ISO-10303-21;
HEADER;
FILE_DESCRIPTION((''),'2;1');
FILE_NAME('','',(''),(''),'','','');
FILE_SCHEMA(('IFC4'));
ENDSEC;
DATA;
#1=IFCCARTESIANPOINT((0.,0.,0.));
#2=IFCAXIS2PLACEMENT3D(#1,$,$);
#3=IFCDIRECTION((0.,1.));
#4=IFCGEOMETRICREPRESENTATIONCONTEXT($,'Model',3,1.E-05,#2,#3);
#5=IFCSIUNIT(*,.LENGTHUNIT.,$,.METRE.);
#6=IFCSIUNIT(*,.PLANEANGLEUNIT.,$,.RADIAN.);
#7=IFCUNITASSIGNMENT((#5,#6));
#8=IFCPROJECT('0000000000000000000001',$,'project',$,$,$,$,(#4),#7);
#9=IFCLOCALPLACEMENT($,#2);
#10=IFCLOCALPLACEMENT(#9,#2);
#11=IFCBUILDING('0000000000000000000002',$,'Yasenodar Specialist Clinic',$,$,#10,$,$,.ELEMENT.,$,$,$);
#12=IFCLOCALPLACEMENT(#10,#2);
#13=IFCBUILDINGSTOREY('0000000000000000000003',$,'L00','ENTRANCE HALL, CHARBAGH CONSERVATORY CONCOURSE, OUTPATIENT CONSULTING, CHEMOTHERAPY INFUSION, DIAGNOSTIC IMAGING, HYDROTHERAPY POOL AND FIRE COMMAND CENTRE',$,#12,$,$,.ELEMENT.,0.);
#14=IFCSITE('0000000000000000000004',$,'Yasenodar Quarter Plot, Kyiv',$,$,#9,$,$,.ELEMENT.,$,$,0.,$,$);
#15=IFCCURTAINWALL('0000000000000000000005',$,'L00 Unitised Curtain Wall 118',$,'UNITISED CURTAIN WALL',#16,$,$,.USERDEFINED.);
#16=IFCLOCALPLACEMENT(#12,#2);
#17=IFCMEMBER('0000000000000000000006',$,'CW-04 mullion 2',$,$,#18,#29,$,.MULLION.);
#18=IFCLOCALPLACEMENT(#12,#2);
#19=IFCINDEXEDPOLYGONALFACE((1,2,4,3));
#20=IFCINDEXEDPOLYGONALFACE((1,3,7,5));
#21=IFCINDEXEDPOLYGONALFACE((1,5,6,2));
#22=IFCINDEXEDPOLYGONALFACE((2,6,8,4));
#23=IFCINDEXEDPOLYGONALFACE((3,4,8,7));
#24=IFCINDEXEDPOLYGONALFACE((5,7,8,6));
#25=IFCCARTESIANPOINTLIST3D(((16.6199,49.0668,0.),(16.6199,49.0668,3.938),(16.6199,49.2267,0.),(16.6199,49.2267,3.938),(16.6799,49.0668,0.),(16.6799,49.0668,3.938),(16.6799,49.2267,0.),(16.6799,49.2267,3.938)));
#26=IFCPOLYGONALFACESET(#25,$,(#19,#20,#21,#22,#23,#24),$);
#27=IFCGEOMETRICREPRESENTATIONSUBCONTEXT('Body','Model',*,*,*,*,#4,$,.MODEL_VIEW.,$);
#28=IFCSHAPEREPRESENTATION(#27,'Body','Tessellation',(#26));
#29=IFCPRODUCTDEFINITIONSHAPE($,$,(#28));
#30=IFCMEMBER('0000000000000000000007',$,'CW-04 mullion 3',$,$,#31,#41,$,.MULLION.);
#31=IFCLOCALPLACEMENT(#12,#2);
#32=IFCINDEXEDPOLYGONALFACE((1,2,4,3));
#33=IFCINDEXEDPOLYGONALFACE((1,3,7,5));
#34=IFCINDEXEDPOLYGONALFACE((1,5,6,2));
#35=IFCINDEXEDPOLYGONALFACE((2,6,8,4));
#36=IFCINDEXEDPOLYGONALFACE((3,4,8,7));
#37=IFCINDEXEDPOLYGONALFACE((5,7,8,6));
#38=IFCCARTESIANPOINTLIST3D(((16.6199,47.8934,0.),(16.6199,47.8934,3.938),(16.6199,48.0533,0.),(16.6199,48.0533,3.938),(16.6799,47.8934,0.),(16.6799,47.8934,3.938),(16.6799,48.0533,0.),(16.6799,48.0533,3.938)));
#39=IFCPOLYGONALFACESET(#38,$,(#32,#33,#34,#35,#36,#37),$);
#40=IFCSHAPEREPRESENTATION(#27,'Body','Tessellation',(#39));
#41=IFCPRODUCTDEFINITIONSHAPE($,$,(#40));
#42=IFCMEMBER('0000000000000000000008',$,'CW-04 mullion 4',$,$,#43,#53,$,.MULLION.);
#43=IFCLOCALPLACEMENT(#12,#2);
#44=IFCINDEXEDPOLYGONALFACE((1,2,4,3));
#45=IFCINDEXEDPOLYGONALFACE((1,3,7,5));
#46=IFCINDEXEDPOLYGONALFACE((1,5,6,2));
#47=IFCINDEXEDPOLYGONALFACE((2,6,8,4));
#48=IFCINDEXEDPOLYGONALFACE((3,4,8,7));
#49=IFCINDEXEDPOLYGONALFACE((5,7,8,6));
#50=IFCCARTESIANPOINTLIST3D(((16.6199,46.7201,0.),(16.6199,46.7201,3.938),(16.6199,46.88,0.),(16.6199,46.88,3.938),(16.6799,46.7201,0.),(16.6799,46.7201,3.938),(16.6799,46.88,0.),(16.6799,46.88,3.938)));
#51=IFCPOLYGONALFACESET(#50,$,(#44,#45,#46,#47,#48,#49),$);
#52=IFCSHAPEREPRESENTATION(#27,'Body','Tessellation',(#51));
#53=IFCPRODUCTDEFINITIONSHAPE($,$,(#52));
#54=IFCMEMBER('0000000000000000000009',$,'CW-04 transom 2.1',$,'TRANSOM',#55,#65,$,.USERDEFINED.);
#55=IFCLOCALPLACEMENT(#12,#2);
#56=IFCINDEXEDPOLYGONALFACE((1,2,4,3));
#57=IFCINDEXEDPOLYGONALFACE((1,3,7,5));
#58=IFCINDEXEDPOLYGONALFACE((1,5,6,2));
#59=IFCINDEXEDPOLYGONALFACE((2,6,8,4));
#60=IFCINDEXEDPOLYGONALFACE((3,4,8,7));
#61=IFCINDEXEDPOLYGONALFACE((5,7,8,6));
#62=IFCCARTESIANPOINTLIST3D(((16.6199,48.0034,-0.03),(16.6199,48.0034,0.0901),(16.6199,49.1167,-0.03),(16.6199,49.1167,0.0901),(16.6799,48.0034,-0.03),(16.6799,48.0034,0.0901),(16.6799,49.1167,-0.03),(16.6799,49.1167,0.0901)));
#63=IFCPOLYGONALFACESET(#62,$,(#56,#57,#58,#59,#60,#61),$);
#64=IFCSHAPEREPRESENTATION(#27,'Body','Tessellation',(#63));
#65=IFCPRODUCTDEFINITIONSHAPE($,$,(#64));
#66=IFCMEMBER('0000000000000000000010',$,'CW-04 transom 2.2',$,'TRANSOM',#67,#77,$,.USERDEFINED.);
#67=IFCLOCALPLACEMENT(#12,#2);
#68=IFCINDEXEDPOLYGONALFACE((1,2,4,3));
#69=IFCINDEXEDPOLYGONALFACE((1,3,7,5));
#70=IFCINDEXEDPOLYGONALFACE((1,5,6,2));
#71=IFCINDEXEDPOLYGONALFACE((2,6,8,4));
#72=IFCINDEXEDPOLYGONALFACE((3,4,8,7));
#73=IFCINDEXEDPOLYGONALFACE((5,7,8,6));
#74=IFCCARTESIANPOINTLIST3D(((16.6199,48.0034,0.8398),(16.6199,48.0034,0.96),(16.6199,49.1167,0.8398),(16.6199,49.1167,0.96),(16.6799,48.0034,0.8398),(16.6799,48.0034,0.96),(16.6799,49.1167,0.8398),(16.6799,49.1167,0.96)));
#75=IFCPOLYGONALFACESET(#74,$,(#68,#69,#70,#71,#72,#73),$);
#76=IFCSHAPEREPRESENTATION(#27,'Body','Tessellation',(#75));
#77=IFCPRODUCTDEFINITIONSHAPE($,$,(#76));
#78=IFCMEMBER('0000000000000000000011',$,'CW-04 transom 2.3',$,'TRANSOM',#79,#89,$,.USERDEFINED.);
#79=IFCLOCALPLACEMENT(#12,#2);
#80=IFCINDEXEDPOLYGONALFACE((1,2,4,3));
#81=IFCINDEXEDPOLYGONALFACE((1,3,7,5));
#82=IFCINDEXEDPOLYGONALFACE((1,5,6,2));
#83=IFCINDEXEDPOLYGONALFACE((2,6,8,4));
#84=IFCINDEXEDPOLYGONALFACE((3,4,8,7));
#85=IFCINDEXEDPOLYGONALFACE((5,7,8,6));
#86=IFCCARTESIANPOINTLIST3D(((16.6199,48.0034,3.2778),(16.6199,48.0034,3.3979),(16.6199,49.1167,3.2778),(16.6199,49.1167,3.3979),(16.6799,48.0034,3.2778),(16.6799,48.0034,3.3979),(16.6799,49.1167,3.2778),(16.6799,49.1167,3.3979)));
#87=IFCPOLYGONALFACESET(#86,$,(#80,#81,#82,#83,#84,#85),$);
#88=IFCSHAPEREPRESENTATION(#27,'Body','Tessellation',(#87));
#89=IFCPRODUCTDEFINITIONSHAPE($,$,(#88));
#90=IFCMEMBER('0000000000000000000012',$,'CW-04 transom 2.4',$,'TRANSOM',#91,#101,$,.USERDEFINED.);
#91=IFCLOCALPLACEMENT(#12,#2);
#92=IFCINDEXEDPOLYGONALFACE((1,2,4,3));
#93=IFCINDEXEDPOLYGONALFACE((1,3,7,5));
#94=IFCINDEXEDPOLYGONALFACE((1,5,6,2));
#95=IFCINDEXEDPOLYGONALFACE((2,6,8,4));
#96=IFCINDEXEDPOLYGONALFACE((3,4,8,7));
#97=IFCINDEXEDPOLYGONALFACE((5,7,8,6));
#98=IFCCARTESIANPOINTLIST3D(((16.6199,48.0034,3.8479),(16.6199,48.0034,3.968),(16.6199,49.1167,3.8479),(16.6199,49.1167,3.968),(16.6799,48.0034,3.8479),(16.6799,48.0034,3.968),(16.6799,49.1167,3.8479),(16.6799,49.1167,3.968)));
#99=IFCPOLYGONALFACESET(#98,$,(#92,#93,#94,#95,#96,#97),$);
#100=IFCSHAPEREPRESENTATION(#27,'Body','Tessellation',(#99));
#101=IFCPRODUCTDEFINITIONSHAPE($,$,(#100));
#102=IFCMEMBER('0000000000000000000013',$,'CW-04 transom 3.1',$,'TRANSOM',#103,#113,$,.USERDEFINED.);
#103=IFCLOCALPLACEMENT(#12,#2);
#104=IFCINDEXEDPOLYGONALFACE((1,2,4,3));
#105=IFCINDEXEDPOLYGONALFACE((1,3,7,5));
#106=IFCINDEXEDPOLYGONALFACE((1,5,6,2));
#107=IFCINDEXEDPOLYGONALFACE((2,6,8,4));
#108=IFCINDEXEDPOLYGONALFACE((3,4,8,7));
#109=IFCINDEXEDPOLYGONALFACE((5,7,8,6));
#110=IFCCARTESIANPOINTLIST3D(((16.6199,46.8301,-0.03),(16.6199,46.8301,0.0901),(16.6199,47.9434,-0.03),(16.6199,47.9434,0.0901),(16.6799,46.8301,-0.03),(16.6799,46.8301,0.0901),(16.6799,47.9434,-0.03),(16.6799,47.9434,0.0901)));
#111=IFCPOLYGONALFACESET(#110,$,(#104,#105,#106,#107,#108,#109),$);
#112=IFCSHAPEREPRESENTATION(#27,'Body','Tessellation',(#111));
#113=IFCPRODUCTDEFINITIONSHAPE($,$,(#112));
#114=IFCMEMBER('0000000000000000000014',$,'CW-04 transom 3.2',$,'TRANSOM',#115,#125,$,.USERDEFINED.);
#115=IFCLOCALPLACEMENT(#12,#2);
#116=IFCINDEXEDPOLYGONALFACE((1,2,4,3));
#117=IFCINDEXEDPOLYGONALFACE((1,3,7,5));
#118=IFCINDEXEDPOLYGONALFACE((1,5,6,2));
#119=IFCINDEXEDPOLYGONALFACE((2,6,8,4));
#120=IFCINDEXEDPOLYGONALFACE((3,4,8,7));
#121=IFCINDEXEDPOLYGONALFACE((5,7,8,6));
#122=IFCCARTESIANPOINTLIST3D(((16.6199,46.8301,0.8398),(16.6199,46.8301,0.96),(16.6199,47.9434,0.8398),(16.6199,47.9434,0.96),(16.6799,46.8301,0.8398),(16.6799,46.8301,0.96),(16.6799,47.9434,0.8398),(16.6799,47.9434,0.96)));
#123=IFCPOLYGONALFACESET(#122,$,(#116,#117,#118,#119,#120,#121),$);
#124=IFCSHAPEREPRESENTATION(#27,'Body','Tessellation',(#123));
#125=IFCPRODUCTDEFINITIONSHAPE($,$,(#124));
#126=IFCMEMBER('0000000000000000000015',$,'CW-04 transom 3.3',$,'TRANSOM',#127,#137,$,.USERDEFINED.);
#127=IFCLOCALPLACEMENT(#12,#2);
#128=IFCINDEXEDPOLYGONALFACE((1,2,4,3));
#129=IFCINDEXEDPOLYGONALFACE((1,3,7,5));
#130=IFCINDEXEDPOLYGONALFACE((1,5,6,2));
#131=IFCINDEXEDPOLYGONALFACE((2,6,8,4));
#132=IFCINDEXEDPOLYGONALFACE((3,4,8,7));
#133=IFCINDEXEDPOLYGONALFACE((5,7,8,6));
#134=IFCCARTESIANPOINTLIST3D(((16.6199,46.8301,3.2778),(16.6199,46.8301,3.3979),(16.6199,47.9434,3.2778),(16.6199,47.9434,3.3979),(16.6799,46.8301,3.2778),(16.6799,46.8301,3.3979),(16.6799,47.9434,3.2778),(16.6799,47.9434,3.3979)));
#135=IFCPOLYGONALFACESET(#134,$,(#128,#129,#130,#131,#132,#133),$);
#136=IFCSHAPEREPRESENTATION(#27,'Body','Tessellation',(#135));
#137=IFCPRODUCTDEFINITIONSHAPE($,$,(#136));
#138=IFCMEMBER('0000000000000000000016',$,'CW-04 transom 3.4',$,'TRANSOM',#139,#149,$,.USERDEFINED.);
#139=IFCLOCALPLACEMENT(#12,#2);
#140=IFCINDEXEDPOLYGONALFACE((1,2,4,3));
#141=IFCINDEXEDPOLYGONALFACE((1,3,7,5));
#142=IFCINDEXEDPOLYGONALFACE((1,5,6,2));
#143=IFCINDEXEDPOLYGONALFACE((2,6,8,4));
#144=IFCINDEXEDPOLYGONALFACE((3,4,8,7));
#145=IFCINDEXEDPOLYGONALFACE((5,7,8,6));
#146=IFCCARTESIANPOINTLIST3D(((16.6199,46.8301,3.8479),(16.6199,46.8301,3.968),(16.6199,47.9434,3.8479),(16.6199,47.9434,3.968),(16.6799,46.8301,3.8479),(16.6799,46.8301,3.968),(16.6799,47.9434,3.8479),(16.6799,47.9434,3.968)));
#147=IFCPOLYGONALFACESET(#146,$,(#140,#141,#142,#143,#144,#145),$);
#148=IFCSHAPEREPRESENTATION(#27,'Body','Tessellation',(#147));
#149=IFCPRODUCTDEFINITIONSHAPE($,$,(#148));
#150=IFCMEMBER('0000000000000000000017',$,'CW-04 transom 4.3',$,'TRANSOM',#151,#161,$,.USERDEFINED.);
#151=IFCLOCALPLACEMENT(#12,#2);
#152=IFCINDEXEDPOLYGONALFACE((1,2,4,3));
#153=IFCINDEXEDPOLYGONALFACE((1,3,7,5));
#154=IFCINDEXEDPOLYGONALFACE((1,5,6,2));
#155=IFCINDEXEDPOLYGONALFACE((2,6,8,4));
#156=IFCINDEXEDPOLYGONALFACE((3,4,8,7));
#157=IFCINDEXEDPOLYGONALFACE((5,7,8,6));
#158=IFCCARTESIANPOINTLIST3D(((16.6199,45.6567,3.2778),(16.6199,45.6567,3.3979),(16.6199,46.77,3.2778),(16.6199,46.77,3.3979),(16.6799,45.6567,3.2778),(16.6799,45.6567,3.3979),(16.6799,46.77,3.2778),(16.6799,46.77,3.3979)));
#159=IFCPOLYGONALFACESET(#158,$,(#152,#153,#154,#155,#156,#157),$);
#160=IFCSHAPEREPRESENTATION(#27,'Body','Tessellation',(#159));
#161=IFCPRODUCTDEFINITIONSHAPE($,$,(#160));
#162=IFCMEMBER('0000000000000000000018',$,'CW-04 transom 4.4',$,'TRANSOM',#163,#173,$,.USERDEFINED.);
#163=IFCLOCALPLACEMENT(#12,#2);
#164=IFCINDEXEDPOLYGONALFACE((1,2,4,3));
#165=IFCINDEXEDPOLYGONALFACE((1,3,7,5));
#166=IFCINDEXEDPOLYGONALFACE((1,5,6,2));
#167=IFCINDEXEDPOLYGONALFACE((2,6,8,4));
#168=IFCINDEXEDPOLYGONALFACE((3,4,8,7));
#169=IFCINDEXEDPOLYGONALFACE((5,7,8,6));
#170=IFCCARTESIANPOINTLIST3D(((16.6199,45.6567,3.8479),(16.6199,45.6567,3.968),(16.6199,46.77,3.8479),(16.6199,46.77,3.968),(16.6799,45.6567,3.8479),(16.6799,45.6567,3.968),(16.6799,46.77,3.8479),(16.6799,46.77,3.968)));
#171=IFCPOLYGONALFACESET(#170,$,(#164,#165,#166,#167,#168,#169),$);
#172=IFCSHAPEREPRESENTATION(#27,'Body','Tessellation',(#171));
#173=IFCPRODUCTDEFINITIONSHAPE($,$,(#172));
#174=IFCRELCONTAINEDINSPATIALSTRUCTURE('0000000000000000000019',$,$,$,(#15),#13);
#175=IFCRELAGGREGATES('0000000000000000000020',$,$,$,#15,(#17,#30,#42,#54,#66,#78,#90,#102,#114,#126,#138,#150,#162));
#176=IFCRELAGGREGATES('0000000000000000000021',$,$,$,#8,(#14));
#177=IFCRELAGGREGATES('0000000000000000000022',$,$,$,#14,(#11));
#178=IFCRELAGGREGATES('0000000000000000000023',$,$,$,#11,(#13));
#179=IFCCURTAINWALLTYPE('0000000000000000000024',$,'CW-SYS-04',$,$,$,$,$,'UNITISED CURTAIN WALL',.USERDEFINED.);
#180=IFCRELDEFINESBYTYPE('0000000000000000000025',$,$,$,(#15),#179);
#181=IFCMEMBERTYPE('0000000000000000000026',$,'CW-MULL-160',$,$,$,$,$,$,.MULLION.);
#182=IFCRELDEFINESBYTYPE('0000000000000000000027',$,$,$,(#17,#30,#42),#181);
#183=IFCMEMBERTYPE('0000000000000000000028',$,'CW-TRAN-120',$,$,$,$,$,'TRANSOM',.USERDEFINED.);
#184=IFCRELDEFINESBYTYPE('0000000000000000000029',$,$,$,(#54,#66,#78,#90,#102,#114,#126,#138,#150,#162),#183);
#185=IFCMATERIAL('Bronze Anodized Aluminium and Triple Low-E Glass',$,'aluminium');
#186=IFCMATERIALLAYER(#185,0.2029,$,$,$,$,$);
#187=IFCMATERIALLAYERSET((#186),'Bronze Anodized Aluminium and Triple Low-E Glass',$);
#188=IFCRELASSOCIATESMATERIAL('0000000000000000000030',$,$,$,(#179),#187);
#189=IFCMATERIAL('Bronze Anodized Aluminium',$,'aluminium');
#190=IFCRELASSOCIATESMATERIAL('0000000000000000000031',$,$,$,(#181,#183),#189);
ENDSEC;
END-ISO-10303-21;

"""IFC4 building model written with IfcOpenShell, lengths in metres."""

from ifc_helpers import new_model, si_unit, direction, frame, origin, origin_2d, place, context, subcontext, project, spatial, rectangle, extrude, material, layer, layer_set, material_profile, profile_set, type_object, element, aggregate, save


model = new_model("IFC4")

# Units and contexts
model_context = context("Model", 3, precision=1e-05, world=origin(), true_north=direction((0.0, 1.0)))
body_context = subcontext(model_context, "Body", "Model", "MODEL_VIEW")
ifc_project = project(units=[si_unit("LENGTHUNIT", "METRE"), si_unit("PLANEANGLEUNIT", "RADIAN")], contexts=[model_context])

# Site, building, storey
site_placement = place(None, origin())
site = spatial("IfcSite", under=ifc_project, at=site_placement, Name="Yasenodar Quarter Plot, Kyiv", CompositionType="ELEMENT", RefElevation=0.0)
building_placement = place(site_placement, origin())
building = spatial("IfcBuilding", under=site, at=building_placement, Name="Yasenodar Specialist Clinic", CompositionType="ELEMENT")
storey_placement = place(building_placement, origin())
storey = spatial("IfcBuildingStorey", under=building, at=storey_placement, Name="L00", Description="ENTRANCE HALL, CHARBAGH CONSERVATORY CONCOURSE, OUTPATIENT CONSULTING, CHEMOTHERAPY INFUSION, DIAGNOSTIC IMAGING, HYDROTHERAPY POOL AND FIRE COMMAND CENTRE", CompositionType="ELEMENT", Elevation=0.0)

# Curtain wall, members
ifc_material_1 = material(Name="Bronze Anodized Aluminium and Triple Low-E Glass", Category="aluminium")
ifc_layer_1 = layer(ifc_material_1, 0.2029)
ifc_layer_set_1 = layer_set([ifc_layer_1], Name="Bronze Anodized Aluminium and Triple Low-E Glass")
curtain_wall_type = type_object("IfcCurtainWallType", Name="CW-SYS-04", ElementType="UNITISED CURTAIN WALL", PredefinedType="USERDEFINED", material=ifc_layer_set_1)
curtain_wall_placement = place(storey_placement, origin())
curtain_wall = element("IfcCurtainWall", 1, at=curtain_wall_placement, inside=storey, type_object=curtain_wall_type, Name="L00 Unitised Curtain Wall 118", ObjectType="UNITISED CURTAIN WALL", PredefinedType="USERDEFINED")
ifc_material_2 = material(Name="Bronze Anodized Aluminium", Category="aluminium")
ifc_material_profile_1 = material_profile(ifc_material_2, rectangle(XDim=0.0601, YDim=0.1599, at=origin_2d()), Name="CW-MULL 60x160")
ifc_profile_set_1 = profile_set([ifc_material_profile_1], Name="Bronze Anodized Aluminium")
member_type_1 = type_object("IfcMemberType", Name="CW-MULL-160", PredefinedType="MULLION", material=ifc_profile_set_1)
member_1_placement = place(storey_placement, frame((16.6499, 49.1467, 0.0), z_axis=(0.0, 0.0, 1.0), x_axis=(1.0, 0.0, 0.0)))
member_1 = element("IfcMember", 2, at=member_1_placement, type_object=member_type_1, Name="CW-04 mullion 2", PredefinedType="MULLION", context=body_context, shape_type="SweptSolid", body=[
    extrude(rectangle(XDim=0.0601, YDim=0.1599, at=origin_2d()), origin(), (0.0, 0.0, 1.0), 3.938),
])
member_2_placement = place(storey_placement, frame((16.6499, 47.9734, 0.0), z_axis=(0.0, 0.0, 1.0), x_axis=(1.0, 0.0, 0.0)))
member_2 = element("IfcMember", 3, at=member_2_placement, type_object=member_type_1, Name="CW-04 mullion 3", PredefinedType="MULLION", context=body_context, shape_type="SweptSolid", body=[
    extrude(rectangle(XDim=0.0601, YDim=0.1599, at=origin_2d()), origin(), (0.0, 0.0, 1.0), 3.938),
])
member_3_placement = place(storey_placement, frame((16.6499, 46.8, 0.0), z_axis=(0.0, 0.0, 1.0), x_axis=(1.0, 0.0, 0.0)))
member_3 = element("IfcMember", 4, at=member_3_placement, type_object=member_type_1, Name="CW-04 mullion 4", PredefinedType="MULLION", context=body_context, shape_type="SweptSolid", body=[
    extrude(rectangle(XDim=0.0601, YDim=0.1599, at=origin_2d()), origin(), (0.0, 0.0, 1.0), 3.938),
])
ifc_material_profile_2 = material_profile(ifc_material_2, rectangle(XDim=0.0601, YDim=0.1201, at=origin_2d()), Name="CW-TRAN 60x120")
ifc_profile_set_2 = profile_set([ifc_material_profile_2], Name="Bronze Anodized Aluminium")
member_type_2 = type_object("IfcMemberType", Name="CW-TRAN-120", ElementType="TRANSOM", PredefinedType="USERDEFINED", material=ifc_profile_set_2)
member_4_placement = place(storey_placement, frame((16.6499, 49.1167, 0.03), z_axis=(0.0, -1.0, 0.0), x_axis=(1.0, 0.0, 0.0)))
member_4 = element("IfcMember", 5, at=member_4_placement, type_object=member_type_2, Name="CW-04 transom 2.1", ObjectType="TRANSOM", PredefinedType="USERDEFINED", context=body_context, shape_type="SweptSolid", body=[
    extrude(rectangle(XDim=0.0601, YDim=0.1201, at=origin_2d()), origin(), (0.0, 0.0, 1.0), 1.1133),
])
member_5_placement = place(storey_placement, frame((16.6499, 49.1167, 0.8999), z_axis=(0.0, -1.0, 0.0), x_axis=(1.0, 0.0, 0.0)))
member_5 = element("IfcMember", 6, at=member_5_placement, type_object=member_type_2, Name="CW-04 transom 2.2", ObjectType="TRANSOM", PredefinedType="USERDEFINED", context=body_context, shape_type="SweptSolid", body=[
    extrude(rectangle(XDim=0.0601, YDim=0.1201, at=origin_2d()), origin(), (0.0, 0.0, 1.0), 1.1133),
])
member_6_placement = place(storey_placement, frame((16.6499, 49.1167, 3.3379), z_axis=(0.0, -1.0, 0.0), x_axis=(1.0, 0.0, 0.0)))
member_6 = element("IfcMember", 7, at=member_6_placement, type_object=member_type_2, Name="CW-04 transom 2.3", ObjectType="TRANSOM", PredefinedType="USERDEFINED", context=body_context, shape_type="SweptSolid", body=[
    extrude(rectangle(XDim=0.0601, YDim=0.1201, at=origin_2d()), origin(), (0.0, 0.0, 1.0), 1.1133),
])
member_7_placement = place(storey_placement, frame((16.6499, 49.1167, 3.908), z_axis=(0.0, -1.0, 0.0), x_axis=(1.0, 0.0, 0.0)))
member_7 = element("IfcMember", 8, at=member_7_placement, type_object=member_type_2, Name="CW-04 transom 2.4", ObjectType="TRANSOM", PredefinedType="USERDEFINED", context=body_context, shape_type="SweptSolid", body=[
    extrude(rectangle(XDim=0.0601, YDim=0.1201, at=origin_2d()), origin(), (0.0, 0.0, 1.0), 1.1133),
])
member_8_placement = place(storey_placement, frame((16.6499, 47.9434, 0.03), z_axis=(0.0, -1.0, 0.0), x_axis=(1.0, 0.0, 0.0)))
member_8 = element("IfcMember", 9, at=member_8_placement, type_object=member_type_2, Name="CW-04 transom 3.1", ObjectType="TRANSOM", PredefinedType="USERDEFINED", context=body_context, shape_type="SweptSolid", body=[
    extrude(rectangle(XDim=0.0601, YDim=0.1201, at=origin_2d()), origin(), (0.0, 0.0, 1.0), 1.1133),
])
member_9_placement = place(storey_placement, frame((16.6499, 47.9434, 0.8999), z_axis=(0.0, -1.0, 0.0), x_axis=(1.0, 0.0, 0.0)))
member_9 = element("IfcMember", 10, at=member_9_placement, type_object=member_type_2, Name="CW-04 transom 3.2", ObjectType="TRANSOM", PredefinedType="USERDEFINED", context=body_context, shape_type="SweptSolid", body=[
    extrude(rectangle(XDim=0.0601, YDim=0.1201, at=origin_2d()), origin(), (0.0, 0.0, 1.0), 1.1133),
])
member_10_placement = place(storey_placement, frame((16.6499, 47.9434, 3.3379), z_axis=(0.0, -1.0, 0.0), x_axis=(1.0, 0.0, 0.0)))
member_10 = element("IfcMember", 11, at=member_10_placement, type_object=member_type_2, Name="CW-04 transom 3.3", ObjectType="TRANSOM", PredefinedType="USERDEFINED", context=body_context, shape_type="SweptSolid", body=[
    extrude(rectangle(XDim=0.0601, YDim=0.1201, at=origin_2d()), origin(), (0.0, 0.0, 1.0), 1.1133),
])
member_11_placement = place(storey_placement, frame((16.6499, 47.9434, 3.908), z_axis=(0.0, -1.0, 0.0), x_axis=(1.0, 0.0, 0.0)))
member_11 = element("IfcMember", 12, at=member_11_placement, type_object=member_type_2, Name="CW-04 transom 3.4", ObjectType="TRANSOM", PredefinedType="USERDEFINED", context=body_context, shape_type="SweptSolid", body=[
    extrude(rectangle(XDim=0.0601, YDim=0.1201, at=origin_2d()), origin(), (0.0, 0.0, 1.0), 1.1133),
])
member_12_placement = place(storey_placement, frame((16.6499, 46.77, 3.3379), z_axis=(0.0, -1.0, 0.0), x_axis=(1.0, 0.0, 0.0)))
member_12 = element("IfcMember", 13, at=member_12_placement, type_object=member_type_2, Name="CW-04 transom 4.3", ObjectType="TRANSOM", PredefinedType="USERDEFINED", context=body_context, shape_type="SweptSolid", body=[
    extrude(rectangle(XDim=0.0601, YDim=0.1201, at=origin_2d()), origin(), (0.0, 0.0, 1.0), 1.1133),
])
member_13_placement = place(storey_placement, frame((16.6499, 46.77, 3.908), z_axis=(0.0, -1.0, 0.0), x_axis=(1.0, 0.0, 0.0)))
member_13 = element("IfcMember", 14, at=member_13_placement, type_object=member_type_2, Name="CW-04 transom 4.4", ObjectType="TRANSOM", PredefinedType="USERDEFINED", context=body_context, shape_type="SweptSolid", body=[
    extrude(rectangle(XDim=0.0601, YDim=0.1201, at=origin_2d()), origin(), (0.0, 0.0, 1.0), 1.1133),
])

aggregate(curtain_wall, [member_1, member_2, member_3, member_4, member_5, member_6, member_7, member_8, member_9, member_10, member_11, member_12, member_13])

save(model, "model.ifc")
